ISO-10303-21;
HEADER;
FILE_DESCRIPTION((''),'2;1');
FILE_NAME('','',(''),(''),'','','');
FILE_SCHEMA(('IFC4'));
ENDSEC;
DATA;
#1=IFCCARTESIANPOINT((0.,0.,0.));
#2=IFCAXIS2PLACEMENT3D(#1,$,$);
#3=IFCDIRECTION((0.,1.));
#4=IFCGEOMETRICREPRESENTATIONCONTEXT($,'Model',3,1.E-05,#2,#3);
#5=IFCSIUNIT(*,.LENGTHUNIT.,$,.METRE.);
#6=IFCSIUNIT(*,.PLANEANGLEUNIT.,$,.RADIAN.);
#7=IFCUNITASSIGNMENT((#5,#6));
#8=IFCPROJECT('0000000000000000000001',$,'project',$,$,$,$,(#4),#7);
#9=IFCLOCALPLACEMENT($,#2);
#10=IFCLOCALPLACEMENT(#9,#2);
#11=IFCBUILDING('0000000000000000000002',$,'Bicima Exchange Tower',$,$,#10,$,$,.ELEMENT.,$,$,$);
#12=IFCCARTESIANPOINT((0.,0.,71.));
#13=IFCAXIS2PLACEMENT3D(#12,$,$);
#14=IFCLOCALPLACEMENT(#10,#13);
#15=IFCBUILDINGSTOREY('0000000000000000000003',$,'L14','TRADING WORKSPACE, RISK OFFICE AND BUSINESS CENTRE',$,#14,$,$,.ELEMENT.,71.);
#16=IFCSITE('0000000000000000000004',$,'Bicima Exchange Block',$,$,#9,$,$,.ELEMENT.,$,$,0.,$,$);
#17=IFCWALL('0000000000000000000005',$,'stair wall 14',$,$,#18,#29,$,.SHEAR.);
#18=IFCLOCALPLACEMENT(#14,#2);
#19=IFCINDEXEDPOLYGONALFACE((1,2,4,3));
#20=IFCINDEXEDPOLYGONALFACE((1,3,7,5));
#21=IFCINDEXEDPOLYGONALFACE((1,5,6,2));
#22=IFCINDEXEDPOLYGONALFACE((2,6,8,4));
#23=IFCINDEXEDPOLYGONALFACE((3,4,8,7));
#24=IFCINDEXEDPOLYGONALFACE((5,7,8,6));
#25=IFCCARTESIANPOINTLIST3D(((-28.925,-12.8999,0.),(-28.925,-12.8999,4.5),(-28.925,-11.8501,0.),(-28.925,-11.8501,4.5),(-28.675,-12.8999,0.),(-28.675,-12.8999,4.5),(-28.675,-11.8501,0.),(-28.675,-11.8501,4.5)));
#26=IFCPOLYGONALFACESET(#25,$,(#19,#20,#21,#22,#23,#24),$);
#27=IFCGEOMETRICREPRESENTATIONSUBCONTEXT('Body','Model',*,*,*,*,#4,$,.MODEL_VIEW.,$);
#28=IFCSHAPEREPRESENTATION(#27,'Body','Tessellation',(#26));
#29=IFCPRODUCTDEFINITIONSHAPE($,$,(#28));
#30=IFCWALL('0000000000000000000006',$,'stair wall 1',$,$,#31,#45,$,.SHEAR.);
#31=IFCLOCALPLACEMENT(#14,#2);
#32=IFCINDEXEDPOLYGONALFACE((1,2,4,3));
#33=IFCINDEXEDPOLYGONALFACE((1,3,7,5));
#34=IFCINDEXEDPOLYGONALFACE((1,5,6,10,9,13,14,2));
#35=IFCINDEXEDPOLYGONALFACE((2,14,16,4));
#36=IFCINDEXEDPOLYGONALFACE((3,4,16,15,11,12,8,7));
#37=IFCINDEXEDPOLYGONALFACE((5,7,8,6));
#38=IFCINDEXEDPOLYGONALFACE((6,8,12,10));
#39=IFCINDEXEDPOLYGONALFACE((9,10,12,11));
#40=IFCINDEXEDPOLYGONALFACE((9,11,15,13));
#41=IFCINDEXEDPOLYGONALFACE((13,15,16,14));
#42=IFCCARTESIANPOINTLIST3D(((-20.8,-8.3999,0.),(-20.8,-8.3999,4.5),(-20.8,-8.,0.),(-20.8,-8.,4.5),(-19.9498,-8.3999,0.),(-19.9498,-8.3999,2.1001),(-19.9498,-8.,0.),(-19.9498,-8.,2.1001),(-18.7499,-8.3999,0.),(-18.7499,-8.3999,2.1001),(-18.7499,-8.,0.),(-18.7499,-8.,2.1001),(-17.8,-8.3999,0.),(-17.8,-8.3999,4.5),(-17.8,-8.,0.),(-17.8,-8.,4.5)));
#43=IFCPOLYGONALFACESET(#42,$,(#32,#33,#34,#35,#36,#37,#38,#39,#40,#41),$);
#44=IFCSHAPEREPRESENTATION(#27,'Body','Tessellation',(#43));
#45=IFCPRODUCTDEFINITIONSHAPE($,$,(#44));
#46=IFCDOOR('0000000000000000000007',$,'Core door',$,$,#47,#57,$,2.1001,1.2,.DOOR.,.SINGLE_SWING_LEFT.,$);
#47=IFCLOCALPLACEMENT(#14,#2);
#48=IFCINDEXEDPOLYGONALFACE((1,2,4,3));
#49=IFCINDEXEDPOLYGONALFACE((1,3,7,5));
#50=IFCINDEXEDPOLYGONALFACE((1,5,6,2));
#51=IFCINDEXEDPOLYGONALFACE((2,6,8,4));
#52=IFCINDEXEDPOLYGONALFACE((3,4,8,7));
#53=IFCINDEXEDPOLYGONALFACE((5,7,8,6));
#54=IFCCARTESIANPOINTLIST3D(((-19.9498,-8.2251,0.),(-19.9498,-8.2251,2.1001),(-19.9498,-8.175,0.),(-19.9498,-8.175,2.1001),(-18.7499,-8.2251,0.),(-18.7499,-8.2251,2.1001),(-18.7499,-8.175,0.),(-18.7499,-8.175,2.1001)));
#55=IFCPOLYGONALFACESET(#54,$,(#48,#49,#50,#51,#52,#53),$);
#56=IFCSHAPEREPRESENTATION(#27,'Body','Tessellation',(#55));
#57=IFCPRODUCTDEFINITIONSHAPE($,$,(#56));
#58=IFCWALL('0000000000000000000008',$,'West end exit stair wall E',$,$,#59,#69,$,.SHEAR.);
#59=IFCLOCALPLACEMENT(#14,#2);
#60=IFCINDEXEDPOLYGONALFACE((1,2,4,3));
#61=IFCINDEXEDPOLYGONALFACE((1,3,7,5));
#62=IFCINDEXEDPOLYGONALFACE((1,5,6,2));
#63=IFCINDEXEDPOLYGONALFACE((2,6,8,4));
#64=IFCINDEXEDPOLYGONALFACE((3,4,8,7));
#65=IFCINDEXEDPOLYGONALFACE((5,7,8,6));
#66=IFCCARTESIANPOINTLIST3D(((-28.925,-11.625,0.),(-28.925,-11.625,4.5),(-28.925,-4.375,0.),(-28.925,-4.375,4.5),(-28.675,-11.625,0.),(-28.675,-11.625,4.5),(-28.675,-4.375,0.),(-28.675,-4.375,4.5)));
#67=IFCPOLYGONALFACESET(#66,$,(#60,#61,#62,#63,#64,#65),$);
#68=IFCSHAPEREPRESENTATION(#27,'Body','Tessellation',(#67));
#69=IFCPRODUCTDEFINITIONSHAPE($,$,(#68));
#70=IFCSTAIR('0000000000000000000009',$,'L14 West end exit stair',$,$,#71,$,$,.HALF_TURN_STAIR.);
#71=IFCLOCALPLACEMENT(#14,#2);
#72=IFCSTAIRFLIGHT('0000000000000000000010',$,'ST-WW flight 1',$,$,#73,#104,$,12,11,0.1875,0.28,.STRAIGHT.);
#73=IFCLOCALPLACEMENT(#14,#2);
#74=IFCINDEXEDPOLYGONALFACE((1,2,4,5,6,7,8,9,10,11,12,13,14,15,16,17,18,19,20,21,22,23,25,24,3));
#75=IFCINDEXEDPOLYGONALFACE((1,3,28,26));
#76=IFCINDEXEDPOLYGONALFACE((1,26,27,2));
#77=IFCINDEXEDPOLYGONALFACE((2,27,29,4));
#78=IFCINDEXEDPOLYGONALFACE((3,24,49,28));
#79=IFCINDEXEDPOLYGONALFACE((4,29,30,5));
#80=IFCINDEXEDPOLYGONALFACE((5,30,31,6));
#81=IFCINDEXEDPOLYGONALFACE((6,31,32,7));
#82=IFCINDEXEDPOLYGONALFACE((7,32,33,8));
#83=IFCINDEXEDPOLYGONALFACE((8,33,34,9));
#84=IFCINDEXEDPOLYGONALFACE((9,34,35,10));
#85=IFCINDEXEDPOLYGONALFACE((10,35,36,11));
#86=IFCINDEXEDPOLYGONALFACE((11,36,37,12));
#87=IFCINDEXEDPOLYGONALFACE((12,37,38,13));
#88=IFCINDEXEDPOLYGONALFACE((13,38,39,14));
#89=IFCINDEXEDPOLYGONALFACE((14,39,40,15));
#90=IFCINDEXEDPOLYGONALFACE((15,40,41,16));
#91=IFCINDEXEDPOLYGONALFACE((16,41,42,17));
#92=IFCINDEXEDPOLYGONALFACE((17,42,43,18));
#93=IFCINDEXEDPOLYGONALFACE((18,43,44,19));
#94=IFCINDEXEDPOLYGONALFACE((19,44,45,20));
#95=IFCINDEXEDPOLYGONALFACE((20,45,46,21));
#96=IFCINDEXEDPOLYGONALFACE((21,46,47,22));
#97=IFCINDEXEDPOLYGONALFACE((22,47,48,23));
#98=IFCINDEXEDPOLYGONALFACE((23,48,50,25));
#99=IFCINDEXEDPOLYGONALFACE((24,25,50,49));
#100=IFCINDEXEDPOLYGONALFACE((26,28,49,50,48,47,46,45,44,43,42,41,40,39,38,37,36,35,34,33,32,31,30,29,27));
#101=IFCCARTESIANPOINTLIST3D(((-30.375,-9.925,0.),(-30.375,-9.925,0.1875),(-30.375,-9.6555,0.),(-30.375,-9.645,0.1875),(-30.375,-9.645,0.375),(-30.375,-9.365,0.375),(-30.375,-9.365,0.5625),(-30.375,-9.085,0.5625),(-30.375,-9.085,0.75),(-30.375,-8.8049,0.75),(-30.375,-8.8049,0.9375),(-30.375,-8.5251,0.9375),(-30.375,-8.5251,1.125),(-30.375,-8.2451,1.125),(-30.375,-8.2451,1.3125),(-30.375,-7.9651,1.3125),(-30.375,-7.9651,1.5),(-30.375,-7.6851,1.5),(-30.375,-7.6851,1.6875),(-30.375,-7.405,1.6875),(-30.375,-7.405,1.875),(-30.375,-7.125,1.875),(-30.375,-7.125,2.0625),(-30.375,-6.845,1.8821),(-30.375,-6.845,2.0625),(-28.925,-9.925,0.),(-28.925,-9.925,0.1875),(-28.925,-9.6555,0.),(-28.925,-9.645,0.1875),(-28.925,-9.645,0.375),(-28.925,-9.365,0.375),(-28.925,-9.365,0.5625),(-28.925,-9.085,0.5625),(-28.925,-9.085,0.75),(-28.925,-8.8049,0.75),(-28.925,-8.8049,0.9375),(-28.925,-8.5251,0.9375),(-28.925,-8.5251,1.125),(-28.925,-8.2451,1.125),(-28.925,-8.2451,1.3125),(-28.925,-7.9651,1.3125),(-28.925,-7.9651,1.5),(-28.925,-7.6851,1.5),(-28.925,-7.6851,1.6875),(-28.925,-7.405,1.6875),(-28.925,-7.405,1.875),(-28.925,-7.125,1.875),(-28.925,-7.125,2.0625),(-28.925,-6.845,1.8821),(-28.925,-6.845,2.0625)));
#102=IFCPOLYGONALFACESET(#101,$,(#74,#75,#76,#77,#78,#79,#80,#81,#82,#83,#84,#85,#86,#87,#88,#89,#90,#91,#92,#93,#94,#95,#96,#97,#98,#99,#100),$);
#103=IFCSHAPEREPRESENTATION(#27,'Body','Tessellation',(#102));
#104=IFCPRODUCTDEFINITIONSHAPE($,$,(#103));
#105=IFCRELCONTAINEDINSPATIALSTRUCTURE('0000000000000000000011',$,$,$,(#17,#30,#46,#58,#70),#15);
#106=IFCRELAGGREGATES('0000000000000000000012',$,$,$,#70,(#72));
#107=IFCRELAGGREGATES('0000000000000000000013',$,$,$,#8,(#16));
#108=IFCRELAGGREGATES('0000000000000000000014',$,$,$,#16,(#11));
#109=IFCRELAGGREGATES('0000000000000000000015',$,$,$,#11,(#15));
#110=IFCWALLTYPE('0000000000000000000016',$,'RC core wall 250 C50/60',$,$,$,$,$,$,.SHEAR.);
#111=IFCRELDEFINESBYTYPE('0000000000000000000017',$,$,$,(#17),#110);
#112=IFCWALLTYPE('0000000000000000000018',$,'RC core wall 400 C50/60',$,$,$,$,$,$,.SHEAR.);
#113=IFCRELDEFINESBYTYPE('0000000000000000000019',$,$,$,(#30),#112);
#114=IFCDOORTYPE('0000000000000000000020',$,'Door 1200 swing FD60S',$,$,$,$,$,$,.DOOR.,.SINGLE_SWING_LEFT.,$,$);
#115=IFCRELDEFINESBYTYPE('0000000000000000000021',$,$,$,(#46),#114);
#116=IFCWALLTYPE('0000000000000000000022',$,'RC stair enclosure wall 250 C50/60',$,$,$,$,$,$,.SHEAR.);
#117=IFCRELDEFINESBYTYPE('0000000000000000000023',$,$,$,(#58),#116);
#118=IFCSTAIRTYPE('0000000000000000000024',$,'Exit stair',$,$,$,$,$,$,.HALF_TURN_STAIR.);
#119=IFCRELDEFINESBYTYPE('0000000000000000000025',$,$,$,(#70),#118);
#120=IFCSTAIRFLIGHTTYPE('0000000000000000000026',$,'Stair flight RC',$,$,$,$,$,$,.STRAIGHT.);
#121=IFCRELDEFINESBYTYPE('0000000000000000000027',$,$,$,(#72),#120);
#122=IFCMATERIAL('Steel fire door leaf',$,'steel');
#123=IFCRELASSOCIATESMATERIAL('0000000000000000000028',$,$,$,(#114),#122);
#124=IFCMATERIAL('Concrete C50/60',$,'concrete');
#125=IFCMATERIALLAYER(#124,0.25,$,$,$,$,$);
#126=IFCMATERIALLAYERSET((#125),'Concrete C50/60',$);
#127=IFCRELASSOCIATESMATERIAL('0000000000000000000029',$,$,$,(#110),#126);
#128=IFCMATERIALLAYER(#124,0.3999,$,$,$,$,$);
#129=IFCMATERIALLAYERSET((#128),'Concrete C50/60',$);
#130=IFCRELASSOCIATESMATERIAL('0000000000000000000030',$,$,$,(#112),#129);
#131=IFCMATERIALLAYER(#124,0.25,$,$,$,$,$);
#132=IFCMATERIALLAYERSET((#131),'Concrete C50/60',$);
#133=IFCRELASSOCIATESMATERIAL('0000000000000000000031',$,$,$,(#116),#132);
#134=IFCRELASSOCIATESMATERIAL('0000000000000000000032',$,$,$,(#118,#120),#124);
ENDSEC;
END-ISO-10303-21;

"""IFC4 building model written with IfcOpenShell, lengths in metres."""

from ifc_helpers import new_model, si_unit, direction, frame, frame_2d, origin, place, context, subcontext, project, spatial, polyline, rectangle, outline, extrude, material, layer, layer_set, type_object, element, fill, aggregate, save


model = new_model("IFC4")

# Units and contexts
model_context = context("Model", 3, precision=1e-05, world=origin(), true_north=direction((0.0, 1.0)))
body_context = subcontext(model_context, "Body", "Model", "MODEL_VIEW")
ifc_project = project(units=[si_unit("LENGTHUNIT", "METRE"), si_unit("PLANEANGLEUNIT", "RADIAN")], contexts=[model_context])

# Site, building, storey
site_placement = place(None, origin())
site = spatial("IfcSite", under=ifc_project, at=site_placement, Name="Bicima Exchange Block", CompositionType="ELEMENT", RefElevation=0.0)
building_placement = place(site_placement, origin())
building = spatial("IfcBuilding", under=site, at=building_placement, Name="Bicima Exchange Tower", CompositionType="ELEMENT")
storey_placement = place(building_placement, frame((0.0, 0.0, 71.0)))
storey = spatial("IfcBuildingStorey", under=building, at=storey_placement, Name="L14", Description="TRADING WORKSPACE, RISK OFFICE AND BUSINESS CENTRE", CompositionType="ELEMENT", Elevation=71.0)

# Shared definitions
ifc_material_1 = material(Name="Steel fire door leaf", Category="steel")

# Shared definitions
door_type_1 = type_object("IfcDoorType", Name="Door 1200 swing FD60S", OperationType="SINGLE_SWING_LEFT", PredefinedType="DOOR", material=ifc_material_1)

# Wall
ifc_material_2 = material(Name="Concrete C50/60", Category="concrete")
ifc_layer_1 = layer(ifc_material_2, 0.25)
ifc_layer_set_1 = layer_set([ifc_layer_1], Name="Concrete C50/60")
wall_type_1 = type_object("IfcWallType", Name="RC core wall 250 C50/60", PredefinedType="SHEAR", material=ifc_layer_set_1)
wall_1_placement = place(storey_placement, frame((-28.8, -12.8999, 0.0), z_axis=(0.0, 0.0, 1.0), x_axis=(0.0, 1.0, 0.0)))
element("IfcWall", 1, at=wall_1_placement, inside=storey, type_object=wall_type_1, Name="stair wall 14", PredefinedType="SHEAR", context=body_context, shape_type="SweptSolid", body=[
    extrude(rectangle(XDim=1.0498, YDim=0.25, at=frame_2d((0.5249, 0.0))), origin(), (0.0, 0.0, 1.0), 4.5),
])

# Wall, opening, door
ifc_layer_2 = layer(ifc_material_2, 0.3999)
ifc_layer_set_2 = layer_set([ifc_layer_2], Name="Concrete C50/60")
wall_type_2 = type_object("IfcWallType", Name="RC core wall 400 C50/60", PredefinedType="SHEAR", material=ifc_layer_set_2)
wall_2_placement = place(storey_placement, frame((-20.8, -8.2, 0.0), z_axis=(0.0, 0.0, 1.0), x_axis=(1.0, 0.0, 0.0)))
wall_2 = element("IfcWall", 2, at=wall_2_placement, inside=storey, type_object=wall_type_2, Name="stair wall 1", PredefinedType="SHEAR", context=body_context, shape_type="SweptSolid", body=[
    extrude(rectangle(XDim=3.0, YDim=0.3999, at=frame_2d((1.5, 0.0))), origin(), (0.0, 0.0, 1.0), 4.5),
])
opening_1_placement = place(wall_2_placement, frame((0.8501, 0.0, 0.0)))
opening_1 = element("IfcOpeningElement", 3, at=opening_1_placement, cuts=wall_2, PredefinedType="OPENING", context=body_context, shape_type="SweptSolid", body=[
    extrude(rectangle(XDim=1.2, YDim=2.1001, at=frame_2d((0.6001, 1.05))), frame((0.0, 0.2119, 0.0), z_axis=(0.0, -1.0, 0.0), x_axis=(1.0, 0.0, 0.0)), (0.0, 0.0, 1.0), 0.4238),
])
door_1_placement = place(opening_1_placement, origin())
door_1 = element("IfcDoor", 4, at=door_1_placement, inside=storey, type_object=door_type_1, Name="Core door", OperationType="SINGLE_SWING_LEFT", OverallHeight=2.1001, OverallWidth=1.2, PredefinedType="DOOR", context=body_context, shape_type="SweptSolid", body=[
    extrude(rectangle(XDim=1.2, YDim=2.1001, at=frame_2d((0.6001, 1.05))), frame((0.0, 0.0249, 0.0), z_axis=(0.0, -1.0, 0.0), x_axis=(1.0, 0.0, 0.0)), (0.0, 0.0, 1.0), 0.05),
])
fill(opening_1, door_1)

# Wall
ifc_layer_3 = layer(ifc_material_2, 0.25)
ifc_layer_set_3 = layer_set([ifc_layer_3], Name="Concrete C50/60")
wall_type_3 = type_object("IfcWallType", Name="RC stair enclosure wall 250 C50/60", PredefinedType="SHEAR", material=ifc_layer_set_3)
wall_3_placement = place(storey_placement, frame((-28.8, -11.625, 0.0), z_axis=(0.0, 0.0, 1.0), x_axis=(0.0, 1.0, 0.0)))
element("IfcWall", 5, at=wall_3_placement, inside=storey, type_object=wall_type_3, Name="West end exit stair wall E", PredefinedType="SHEAR", context=body_context, shape_type="SweptSolid", body=[
    extrude(rectangle(XDim=7.25, YDim=0.25, at=frame_2d((3.625, 0.0))), origin(), (0.0, 0.0, 1.0), 4.5),
])

# Stair, stair flight
stair_type = type_object("IfcStairType", Name="Exit stair", PredefinedType="HALF_TURN_STAIR", material=ifc_material_2)
stair_placement = place(storey_placement, origin())
stair = element("IfcStair", 6, at=stair_placement, inside=storey, type_object=stair_type, Name="L14 West end exit stair", PredefinedType="HALF_TURN_STAIR")
stair_flight_type = type_object("IfcStairFlightType", Name="Stair flight RC", PredefinedType="STRAIGHT", material=ifc_material_2)
stair_flight_placement = place(storey_placement, frame((-29.6499, -9.925, 0.0), z_axis=(0.0, 0.0, 1.0), x_axis=(0.0, 1.0, 0.0)))
stair_flight = element("IfcStairFlight", 7, at=stair_flight_placement, type_object=stair_flight_type, Name="ST-WW flight 1", NumberOfRisers=12, NumberOfTreads=11, PredefinedType="STRAIGHT", RiserHeight=0.1875, TreadLength=0.28, context=body_context, shape_type="SweptSolid", body=[
    extrude(outline(polyline([(0.0, 0.0), (0.0, 0.1875), (0.28, 0.1875), (0.28, 0.375), (0.5601, 0.375), (0.5601, 0.5625), (0.8401, 0.5625), (0.8401, 0.75), (1.1201, 0.75), (1.1201, 0.9375), (1.3999, 0.9375), (1.3999, 1.125), (1.6799, 1.125), (1.6799, 1.3125), (1.96, 1.3125), (1.96, 1.5), (2.24, 1.5), (2.24, 1.6875), (2.52, 1.6875), (2.52, 1.875), (2.8, 1.875), (2.8, 2.0625), (3.0801, 2.0625), (3.0801, 2.25), (3.0801, 1.8821), (0.2695, 0.0), (0.0, 0.0)])), frame((0.0, 0.7251, 0.0), z_axis=(0.0, -1.0, 0.0), x_axis=(1.0, 0.0, 0.0)), (0.0, 0.0, 1.0), 1.45),
])
aggregate(stair, [stair_flight])

save(model, "model.ifc")
